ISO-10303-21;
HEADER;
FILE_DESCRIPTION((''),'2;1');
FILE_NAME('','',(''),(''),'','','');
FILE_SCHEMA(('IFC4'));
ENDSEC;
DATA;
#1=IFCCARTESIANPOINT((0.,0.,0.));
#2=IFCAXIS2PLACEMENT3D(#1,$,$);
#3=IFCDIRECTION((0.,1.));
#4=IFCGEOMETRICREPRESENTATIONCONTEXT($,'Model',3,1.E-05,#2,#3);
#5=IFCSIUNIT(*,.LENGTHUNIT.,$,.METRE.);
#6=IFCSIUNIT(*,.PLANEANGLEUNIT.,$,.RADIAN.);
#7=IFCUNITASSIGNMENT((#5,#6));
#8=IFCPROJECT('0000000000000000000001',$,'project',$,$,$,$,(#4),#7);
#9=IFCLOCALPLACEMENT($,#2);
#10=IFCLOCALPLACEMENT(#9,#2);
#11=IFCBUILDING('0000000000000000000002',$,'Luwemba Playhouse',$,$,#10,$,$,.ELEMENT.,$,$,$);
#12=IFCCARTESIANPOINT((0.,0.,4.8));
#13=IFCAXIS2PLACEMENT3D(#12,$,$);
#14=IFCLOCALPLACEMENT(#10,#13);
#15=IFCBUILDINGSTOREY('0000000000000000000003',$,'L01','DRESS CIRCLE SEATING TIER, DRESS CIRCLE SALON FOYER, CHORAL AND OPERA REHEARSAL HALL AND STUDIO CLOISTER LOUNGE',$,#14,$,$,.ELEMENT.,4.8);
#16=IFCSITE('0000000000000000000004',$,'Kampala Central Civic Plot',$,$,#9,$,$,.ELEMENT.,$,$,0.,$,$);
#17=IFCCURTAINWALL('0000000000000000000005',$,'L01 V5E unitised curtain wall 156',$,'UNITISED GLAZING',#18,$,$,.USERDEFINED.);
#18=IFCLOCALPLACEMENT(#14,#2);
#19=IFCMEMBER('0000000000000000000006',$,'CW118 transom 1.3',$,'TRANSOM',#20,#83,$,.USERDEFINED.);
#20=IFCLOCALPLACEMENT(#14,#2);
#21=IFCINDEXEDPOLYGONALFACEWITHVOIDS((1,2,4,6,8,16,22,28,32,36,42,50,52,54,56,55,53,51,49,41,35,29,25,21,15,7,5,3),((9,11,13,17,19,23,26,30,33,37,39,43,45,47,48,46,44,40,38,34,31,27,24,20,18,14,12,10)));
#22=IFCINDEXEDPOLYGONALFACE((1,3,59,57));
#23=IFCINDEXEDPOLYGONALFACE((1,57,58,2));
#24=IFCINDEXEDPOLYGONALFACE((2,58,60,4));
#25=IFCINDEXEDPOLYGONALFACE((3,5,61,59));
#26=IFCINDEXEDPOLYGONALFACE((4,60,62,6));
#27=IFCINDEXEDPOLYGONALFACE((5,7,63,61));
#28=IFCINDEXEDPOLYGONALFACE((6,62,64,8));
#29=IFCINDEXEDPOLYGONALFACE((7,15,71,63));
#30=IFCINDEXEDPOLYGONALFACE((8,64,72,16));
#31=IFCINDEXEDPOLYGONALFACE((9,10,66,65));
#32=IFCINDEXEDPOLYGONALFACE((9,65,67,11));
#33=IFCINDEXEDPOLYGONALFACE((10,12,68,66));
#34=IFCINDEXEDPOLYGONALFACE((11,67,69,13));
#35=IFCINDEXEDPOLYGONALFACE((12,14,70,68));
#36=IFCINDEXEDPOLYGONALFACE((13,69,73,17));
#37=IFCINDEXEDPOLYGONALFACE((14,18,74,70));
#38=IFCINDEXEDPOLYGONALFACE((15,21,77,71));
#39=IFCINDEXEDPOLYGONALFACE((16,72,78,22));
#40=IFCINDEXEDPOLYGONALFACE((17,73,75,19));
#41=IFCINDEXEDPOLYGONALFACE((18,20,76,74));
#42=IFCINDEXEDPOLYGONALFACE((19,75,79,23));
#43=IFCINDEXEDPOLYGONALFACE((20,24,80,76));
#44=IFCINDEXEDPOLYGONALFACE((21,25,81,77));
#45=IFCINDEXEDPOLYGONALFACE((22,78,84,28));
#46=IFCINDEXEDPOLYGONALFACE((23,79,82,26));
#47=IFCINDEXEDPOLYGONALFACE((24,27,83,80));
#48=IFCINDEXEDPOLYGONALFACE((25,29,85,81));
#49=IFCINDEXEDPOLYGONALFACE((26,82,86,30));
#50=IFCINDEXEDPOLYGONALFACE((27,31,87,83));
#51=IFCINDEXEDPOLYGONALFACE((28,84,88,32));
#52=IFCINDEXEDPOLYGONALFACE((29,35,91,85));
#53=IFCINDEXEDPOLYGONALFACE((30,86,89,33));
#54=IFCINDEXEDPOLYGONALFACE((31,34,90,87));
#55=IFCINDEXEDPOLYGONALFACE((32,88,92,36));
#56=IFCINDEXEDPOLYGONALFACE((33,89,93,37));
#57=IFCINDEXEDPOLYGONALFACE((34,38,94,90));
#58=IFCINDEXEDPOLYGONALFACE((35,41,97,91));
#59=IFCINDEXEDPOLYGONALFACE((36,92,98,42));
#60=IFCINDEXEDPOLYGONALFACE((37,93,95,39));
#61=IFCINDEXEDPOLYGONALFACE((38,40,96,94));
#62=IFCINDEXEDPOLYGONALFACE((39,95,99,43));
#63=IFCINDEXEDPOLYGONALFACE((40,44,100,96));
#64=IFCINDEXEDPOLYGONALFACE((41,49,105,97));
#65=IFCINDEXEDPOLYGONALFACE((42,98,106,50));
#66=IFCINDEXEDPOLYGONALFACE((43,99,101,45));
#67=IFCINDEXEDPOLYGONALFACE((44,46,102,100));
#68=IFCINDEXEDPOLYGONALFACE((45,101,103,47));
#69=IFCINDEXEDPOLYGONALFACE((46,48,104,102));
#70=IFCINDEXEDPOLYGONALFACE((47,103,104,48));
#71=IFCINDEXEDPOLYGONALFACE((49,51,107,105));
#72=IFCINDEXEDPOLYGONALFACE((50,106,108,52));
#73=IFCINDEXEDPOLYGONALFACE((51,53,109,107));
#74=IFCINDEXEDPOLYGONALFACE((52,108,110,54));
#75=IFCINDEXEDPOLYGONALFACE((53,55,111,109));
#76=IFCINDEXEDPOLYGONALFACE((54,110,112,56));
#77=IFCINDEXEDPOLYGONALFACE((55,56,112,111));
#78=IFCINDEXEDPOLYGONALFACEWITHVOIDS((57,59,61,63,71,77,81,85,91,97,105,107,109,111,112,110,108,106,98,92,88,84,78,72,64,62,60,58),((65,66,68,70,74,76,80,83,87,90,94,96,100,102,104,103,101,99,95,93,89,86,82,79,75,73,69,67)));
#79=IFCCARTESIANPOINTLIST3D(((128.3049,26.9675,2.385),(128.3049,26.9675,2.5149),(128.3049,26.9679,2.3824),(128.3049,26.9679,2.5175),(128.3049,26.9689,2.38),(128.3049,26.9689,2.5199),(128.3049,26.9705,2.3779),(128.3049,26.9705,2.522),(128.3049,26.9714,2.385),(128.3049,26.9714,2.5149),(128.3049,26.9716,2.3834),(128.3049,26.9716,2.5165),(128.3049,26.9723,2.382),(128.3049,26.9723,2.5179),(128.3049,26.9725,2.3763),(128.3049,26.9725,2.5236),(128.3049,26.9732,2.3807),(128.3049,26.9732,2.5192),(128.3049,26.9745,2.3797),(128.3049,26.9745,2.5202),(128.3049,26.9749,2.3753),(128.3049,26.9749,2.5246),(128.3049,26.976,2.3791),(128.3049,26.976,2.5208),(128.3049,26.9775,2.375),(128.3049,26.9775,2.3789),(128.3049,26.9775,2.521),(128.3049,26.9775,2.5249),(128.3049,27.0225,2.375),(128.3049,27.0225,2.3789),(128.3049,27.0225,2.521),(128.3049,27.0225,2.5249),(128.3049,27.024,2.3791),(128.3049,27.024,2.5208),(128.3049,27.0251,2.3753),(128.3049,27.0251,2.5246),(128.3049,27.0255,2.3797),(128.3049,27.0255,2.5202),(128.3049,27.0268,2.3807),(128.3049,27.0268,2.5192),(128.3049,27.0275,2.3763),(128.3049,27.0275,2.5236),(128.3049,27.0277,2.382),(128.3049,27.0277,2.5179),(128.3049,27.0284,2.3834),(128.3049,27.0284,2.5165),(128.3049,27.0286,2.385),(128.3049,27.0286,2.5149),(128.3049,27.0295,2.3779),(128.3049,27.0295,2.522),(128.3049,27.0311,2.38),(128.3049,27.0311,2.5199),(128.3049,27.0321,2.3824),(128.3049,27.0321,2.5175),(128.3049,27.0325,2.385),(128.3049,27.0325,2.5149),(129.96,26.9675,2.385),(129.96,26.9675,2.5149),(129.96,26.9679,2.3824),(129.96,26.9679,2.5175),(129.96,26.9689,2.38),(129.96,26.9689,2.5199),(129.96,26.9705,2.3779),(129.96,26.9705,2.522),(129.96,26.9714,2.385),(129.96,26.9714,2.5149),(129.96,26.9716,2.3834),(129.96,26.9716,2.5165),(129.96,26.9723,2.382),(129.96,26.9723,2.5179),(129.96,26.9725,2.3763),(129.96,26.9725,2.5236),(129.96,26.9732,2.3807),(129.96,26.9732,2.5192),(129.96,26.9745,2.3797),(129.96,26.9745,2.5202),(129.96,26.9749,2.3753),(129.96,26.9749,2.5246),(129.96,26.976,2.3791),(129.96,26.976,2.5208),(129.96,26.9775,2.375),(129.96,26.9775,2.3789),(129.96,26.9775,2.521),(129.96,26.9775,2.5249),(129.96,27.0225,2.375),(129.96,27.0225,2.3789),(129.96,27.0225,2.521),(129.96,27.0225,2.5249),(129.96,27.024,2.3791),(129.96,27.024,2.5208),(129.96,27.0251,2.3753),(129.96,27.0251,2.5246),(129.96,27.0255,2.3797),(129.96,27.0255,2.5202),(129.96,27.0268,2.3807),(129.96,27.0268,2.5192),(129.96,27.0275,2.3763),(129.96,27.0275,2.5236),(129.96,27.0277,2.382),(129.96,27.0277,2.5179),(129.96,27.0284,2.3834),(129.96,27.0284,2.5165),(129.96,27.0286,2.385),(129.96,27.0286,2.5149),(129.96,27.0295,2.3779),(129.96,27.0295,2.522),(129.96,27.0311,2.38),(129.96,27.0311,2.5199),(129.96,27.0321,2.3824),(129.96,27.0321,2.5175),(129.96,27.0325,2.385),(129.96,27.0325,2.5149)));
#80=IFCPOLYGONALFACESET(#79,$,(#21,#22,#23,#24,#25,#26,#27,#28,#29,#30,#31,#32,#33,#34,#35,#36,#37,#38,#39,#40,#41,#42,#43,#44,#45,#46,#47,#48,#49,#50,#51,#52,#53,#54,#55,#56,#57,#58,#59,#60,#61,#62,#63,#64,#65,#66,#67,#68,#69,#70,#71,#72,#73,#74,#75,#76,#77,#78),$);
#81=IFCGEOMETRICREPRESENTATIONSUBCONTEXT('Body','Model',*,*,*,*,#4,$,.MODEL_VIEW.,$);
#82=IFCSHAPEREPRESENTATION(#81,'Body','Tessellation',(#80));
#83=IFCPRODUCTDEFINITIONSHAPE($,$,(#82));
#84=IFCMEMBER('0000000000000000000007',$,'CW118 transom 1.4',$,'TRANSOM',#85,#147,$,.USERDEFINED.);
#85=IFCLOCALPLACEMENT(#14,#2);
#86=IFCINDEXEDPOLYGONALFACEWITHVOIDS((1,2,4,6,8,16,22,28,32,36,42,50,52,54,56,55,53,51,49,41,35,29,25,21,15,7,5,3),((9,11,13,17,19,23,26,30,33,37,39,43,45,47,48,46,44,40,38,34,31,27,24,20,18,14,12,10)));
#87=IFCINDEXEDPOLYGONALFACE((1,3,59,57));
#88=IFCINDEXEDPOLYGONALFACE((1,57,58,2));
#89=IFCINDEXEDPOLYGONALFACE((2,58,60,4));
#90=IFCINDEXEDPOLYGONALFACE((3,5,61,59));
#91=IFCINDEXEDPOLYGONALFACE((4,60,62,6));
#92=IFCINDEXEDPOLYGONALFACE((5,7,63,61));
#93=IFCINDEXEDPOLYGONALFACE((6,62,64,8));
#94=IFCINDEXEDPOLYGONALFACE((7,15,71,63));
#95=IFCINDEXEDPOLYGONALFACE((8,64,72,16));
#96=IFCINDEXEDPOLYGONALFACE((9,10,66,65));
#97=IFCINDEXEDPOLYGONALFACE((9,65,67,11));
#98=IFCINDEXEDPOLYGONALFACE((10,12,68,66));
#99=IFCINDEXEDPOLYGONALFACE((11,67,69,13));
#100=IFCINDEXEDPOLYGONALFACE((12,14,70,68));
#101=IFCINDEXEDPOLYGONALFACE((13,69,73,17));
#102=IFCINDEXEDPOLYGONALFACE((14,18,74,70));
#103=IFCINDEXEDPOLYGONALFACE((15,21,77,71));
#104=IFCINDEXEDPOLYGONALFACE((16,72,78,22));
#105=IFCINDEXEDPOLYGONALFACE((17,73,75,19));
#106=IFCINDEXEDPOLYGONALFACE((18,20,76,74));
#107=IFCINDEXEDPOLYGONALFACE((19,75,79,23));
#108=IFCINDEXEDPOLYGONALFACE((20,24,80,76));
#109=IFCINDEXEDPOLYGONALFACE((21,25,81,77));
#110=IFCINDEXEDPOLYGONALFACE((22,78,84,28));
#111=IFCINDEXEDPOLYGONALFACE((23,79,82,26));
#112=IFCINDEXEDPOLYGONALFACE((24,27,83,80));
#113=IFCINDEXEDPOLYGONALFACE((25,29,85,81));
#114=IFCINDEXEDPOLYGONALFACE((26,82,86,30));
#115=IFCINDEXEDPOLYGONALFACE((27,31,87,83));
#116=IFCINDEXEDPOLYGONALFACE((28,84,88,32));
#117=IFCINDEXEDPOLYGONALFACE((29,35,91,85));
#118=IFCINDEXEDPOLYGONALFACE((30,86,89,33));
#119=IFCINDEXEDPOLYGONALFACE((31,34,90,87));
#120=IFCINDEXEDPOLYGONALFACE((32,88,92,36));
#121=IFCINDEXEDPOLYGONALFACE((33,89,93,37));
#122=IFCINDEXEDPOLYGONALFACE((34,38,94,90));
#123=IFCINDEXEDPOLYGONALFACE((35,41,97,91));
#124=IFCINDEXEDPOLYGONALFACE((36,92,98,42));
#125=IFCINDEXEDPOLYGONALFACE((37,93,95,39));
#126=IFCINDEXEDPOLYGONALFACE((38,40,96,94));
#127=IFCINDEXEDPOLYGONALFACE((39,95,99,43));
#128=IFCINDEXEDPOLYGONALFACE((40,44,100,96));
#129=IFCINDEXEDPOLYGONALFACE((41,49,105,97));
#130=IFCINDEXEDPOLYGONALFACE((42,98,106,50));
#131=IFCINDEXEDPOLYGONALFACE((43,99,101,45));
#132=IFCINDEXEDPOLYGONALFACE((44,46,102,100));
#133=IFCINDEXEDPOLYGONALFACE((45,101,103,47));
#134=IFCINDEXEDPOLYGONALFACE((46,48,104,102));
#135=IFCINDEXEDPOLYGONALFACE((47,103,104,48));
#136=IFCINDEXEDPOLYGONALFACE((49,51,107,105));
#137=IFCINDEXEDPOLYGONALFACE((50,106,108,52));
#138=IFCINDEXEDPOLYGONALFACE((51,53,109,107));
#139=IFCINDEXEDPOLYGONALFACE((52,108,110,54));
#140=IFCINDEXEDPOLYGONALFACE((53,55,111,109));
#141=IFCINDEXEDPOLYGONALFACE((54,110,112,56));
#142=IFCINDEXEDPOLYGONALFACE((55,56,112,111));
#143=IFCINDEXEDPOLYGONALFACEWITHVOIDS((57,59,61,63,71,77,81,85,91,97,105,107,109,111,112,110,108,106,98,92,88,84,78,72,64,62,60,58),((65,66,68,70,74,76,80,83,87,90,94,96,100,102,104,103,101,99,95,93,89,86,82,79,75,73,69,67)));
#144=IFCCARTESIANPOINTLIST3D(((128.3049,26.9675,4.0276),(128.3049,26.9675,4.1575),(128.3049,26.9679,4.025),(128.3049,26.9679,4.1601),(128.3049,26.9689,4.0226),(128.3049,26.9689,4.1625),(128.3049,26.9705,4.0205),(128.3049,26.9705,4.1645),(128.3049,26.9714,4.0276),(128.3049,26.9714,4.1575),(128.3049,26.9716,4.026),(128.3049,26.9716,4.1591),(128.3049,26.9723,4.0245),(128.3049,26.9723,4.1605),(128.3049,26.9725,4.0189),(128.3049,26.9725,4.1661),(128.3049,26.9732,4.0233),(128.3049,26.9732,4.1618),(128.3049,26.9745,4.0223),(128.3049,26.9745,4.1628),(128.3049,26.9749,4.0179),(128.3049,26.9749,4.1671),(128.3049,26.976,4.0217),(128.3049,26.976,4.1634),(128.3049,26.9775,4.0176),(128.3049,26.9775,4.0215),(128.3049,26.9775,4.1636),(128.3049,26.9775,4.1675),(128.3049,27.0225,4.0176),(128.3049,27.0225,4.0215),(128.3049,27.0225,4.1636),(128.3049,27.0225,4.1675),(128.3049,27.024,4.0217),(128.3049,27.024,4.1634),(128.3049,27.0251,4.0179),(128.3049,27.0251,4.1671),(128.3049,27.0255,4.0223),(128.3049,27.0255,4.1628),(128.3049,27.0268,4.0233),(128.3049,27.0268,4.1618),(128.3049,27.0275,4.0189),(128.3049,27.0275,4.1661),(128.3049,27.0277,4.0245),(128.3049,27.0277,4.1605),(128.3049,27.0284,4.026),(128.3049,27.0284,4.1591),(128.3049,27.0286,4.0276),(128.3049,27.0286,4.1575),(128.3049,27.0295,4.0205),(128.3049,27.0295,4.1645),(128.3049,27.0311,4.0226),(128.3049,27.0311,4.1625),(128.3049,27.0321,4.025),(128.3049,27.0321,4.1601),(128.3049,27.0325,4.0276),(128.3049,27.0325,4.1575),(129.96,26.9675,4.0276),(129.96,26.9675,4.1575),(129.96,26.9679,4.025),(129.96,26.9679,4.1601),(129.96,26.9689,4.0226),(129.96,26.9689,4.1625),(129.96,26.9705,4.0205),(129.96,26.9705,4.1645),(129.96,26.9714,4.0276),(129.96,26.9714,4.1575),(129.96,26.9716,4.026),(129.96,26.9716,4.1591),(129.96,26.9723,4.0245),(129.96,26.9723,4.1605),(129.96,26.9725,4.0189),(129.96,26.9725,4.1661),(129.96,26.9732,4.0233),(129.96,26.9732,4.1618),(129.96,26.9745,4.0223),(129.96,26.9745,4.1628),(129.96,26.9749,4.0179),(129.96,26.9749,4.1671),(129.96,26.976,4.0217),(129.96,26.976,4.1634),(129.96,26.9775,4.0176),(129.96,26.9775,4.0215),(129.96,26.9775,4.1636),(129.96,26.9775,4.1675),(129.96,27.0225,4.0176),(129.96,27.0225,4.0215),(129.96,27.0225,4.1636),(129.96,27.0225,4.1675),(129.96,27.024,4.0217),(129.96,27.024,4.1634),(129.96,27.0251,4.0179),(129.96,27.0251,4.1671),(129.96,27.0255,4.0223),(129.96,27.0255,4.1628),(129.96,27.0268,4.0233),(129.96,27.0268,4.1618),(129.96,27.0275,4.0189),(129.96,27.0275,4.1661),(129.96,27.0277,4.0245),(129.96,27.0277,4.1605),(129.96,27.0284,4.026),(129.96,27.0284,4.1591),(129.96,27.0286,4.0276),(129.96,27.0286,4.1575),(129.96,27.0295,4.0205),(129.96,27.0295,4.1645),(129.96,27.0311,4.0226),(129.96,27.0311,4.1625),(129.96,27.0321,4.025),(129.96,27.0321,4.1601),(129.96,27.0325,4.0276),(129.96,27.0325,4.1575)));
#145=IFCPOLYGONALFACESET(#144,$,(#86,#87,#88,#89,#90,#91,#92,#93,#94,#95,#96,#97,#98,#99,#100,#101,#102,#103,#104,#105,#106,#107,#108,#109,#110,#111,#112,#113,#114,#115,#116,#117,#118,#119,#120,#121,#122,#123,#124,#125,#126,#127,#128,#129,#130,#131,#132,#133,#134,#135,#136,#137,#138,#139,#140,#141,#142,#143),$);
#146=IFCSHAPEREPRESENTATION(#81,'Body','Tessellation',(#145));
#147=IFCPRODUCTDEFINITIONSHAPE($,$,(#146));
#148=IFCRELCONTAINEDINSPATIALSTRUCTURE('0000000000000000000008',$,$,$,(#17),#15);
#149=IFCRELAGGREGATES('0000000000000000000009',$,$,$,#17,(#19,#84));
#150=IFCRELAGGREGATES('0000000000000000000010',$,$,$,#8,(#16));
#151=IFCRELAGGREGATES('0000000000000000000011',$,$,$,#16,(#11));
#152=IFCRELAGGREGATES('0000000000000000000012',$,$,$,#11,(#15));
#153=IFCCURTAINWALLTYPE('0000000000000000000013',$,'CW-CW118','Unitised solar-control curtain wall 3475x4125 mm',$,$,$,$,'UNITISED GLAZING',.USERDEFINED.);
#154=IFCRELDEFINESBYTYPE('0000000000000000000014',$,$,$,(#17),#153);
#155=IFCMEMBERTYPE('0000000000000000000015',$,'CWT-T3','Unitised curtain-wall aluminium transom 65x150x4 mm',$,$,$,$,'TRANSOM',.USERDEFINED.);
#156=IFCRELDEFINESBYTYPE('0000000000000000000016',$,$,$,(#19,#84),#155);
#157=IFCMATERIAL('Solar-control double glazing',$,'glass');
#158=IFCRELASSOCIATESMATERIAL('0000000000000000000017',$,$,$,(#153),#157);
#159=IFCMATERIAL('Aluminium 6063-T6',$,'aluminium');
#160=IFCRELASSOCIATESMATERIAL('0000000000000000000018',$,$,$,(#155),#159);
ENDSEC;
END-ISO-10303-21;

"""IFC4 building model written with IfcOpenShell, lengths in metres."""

from ifc_helpers import new_model, si_unit, direction, frame, origin, origin_2d, place, context, subcontext, project, spatial, hollow_rectangle, extrude, material, material_profile, profile_set, type_object, element, aggregate, save


model = new_model("IFC4")

# Units and contexts
model_context = context("Model", 3, precision=1e-05, world=origin(), true_north=direction((0.0, 1.0)))
body_context = subcontext(model_context, "Body", "Model", "MODEL_VIEW")
ifc_project = project(units=[si_unit("LENGTHUNIT", "METRE"), si_unit("PLANEANGLEUNIT", "RADIAN")], contexts=[model_context])

# Site, building, storey
site_placement = place(None, origin())
site = spatial("IfcSite", under=ifc_project, at=site_placement, Name="Kampala Central Civic Plot", CompositionType="ELEMENT", RefElevation=0.0)
building_placement = place(site_placement, origin())
building = spatial("IfcBuilding", under=site, at=building_placement, Name="Luwemba Playhouse", CompositionType="ELEMENT")
storey_placement = place(building_placement, frame((0.0, 0.0, 4.8)))
storey = spatial("IfcBuildingStorey", under=building, at=storey_placement, Name="L01", Description="DRESS CIRCLE SEATING TIER, DRESS CIRCLE SALON FOYER, CHORAL AND OPERA REHEARSAL HALL AND STUDIO CLOISTER LOUNGE", CompositionType="ELEMENT", Elevation=4.8)

# Curtain wall
ifc_material_1 = material(Name="Solar-control double glazing", Category="glass")
curtain_wall_type_1 = type_object("IfcCurtainWallType", Name="CW-CW118", Description="Unitised solar-control curtain wall 3475x4125 mm", ElementType="UNITISED GLAZING", PredefinedType="USERDEFINED", material=ifc_material_1)
curtain_wall_1_placement = place(storey_placement, origin())
curtain_wall_1 = element("IfcCurtainWall", 1, at=curtain_wall_1_placement, inside=storey, type_object=curtain_wall_type_1, Name="L01 V5E unitised curtain wall 156", ObjectType="UNITISED GLAZING", PredefinedType="USERDEFINED")
ifc_material_2 = material(Name="Aluminium 6063-T6", Category="aluminium")

# Members
ifc_material_profile_1 = material_profile(ifc_material_2, hollow_rectangle(XDim=0.0649, YDim=0.1499, WallThickness=0.0039, InnerFilletRadius=0.0061, OuterFilletRadius=0.01, at=origin_2d()))
ifc_profile_set_1 = profile_set([ifc_material_profile_1], Name="Aluminium 6063-T6")
member_type_1 = type_object("IfcMemberType", Name="CWT-T3", Description="Unitised curtain-wall aluminium transom 65x150x4 mm", ElementType="TRANSOM", PredefinedType="USERDEFINED", material=ifc_profile_set_1)
member_1_placement = place(storey_placement, frame((128.3049, 27.0, 2.45), z_axis=(1.0, 0.0, 0.0), x_axis=(0.0, 1.0, 0.0)))
member_1 = element("IfcMember", 2, at=member_1_placement, type_object=member_type_1, Name="CW118 transom 1.3", ObjectType="TRANSOM", PredefinedType="USERDEFINED", context=body_context, shape_type="SweptSolid", body=[
    extrude(hollow_rectangle(XDim=0.0649, YDim=0.1499, WallThickness=0.0039, InnerFilletRadius=0.0061, OuterFilletRadius=0.01, at=origin_2d()), origin(), (0.0, 0.0, 1.0), 1.655),
])
member_2_placement = place(storey_placement, frame((128.3049, 27.0, 4.0925), z_axis=(1.0, 0.0, 0.0), x_axis=(0.0, 1.0, 0.0)))
member_2 = element("IfcMember", 3, at=member_2_placement, type_object=member_type_1, Name="CW118 transom 1.4", ObjectType="TRANSOM", PredefinedType="USERDEFINED", context=body_context, shape_type="SweptSolid", body=[
    extrude(hollow_rectangle(XDim=0.0649, YDim=0.1499, WallThickness=0.0039, InnerFilletRadius=0.0061, OuterFilletRadius=0.01, at=origin_2d()), origin(), (0.0, 0.0, 1.0), 1.655),
])

aggregate(curtain_wall_1, [member_1, member_2])

save(model, "model.ifc")
